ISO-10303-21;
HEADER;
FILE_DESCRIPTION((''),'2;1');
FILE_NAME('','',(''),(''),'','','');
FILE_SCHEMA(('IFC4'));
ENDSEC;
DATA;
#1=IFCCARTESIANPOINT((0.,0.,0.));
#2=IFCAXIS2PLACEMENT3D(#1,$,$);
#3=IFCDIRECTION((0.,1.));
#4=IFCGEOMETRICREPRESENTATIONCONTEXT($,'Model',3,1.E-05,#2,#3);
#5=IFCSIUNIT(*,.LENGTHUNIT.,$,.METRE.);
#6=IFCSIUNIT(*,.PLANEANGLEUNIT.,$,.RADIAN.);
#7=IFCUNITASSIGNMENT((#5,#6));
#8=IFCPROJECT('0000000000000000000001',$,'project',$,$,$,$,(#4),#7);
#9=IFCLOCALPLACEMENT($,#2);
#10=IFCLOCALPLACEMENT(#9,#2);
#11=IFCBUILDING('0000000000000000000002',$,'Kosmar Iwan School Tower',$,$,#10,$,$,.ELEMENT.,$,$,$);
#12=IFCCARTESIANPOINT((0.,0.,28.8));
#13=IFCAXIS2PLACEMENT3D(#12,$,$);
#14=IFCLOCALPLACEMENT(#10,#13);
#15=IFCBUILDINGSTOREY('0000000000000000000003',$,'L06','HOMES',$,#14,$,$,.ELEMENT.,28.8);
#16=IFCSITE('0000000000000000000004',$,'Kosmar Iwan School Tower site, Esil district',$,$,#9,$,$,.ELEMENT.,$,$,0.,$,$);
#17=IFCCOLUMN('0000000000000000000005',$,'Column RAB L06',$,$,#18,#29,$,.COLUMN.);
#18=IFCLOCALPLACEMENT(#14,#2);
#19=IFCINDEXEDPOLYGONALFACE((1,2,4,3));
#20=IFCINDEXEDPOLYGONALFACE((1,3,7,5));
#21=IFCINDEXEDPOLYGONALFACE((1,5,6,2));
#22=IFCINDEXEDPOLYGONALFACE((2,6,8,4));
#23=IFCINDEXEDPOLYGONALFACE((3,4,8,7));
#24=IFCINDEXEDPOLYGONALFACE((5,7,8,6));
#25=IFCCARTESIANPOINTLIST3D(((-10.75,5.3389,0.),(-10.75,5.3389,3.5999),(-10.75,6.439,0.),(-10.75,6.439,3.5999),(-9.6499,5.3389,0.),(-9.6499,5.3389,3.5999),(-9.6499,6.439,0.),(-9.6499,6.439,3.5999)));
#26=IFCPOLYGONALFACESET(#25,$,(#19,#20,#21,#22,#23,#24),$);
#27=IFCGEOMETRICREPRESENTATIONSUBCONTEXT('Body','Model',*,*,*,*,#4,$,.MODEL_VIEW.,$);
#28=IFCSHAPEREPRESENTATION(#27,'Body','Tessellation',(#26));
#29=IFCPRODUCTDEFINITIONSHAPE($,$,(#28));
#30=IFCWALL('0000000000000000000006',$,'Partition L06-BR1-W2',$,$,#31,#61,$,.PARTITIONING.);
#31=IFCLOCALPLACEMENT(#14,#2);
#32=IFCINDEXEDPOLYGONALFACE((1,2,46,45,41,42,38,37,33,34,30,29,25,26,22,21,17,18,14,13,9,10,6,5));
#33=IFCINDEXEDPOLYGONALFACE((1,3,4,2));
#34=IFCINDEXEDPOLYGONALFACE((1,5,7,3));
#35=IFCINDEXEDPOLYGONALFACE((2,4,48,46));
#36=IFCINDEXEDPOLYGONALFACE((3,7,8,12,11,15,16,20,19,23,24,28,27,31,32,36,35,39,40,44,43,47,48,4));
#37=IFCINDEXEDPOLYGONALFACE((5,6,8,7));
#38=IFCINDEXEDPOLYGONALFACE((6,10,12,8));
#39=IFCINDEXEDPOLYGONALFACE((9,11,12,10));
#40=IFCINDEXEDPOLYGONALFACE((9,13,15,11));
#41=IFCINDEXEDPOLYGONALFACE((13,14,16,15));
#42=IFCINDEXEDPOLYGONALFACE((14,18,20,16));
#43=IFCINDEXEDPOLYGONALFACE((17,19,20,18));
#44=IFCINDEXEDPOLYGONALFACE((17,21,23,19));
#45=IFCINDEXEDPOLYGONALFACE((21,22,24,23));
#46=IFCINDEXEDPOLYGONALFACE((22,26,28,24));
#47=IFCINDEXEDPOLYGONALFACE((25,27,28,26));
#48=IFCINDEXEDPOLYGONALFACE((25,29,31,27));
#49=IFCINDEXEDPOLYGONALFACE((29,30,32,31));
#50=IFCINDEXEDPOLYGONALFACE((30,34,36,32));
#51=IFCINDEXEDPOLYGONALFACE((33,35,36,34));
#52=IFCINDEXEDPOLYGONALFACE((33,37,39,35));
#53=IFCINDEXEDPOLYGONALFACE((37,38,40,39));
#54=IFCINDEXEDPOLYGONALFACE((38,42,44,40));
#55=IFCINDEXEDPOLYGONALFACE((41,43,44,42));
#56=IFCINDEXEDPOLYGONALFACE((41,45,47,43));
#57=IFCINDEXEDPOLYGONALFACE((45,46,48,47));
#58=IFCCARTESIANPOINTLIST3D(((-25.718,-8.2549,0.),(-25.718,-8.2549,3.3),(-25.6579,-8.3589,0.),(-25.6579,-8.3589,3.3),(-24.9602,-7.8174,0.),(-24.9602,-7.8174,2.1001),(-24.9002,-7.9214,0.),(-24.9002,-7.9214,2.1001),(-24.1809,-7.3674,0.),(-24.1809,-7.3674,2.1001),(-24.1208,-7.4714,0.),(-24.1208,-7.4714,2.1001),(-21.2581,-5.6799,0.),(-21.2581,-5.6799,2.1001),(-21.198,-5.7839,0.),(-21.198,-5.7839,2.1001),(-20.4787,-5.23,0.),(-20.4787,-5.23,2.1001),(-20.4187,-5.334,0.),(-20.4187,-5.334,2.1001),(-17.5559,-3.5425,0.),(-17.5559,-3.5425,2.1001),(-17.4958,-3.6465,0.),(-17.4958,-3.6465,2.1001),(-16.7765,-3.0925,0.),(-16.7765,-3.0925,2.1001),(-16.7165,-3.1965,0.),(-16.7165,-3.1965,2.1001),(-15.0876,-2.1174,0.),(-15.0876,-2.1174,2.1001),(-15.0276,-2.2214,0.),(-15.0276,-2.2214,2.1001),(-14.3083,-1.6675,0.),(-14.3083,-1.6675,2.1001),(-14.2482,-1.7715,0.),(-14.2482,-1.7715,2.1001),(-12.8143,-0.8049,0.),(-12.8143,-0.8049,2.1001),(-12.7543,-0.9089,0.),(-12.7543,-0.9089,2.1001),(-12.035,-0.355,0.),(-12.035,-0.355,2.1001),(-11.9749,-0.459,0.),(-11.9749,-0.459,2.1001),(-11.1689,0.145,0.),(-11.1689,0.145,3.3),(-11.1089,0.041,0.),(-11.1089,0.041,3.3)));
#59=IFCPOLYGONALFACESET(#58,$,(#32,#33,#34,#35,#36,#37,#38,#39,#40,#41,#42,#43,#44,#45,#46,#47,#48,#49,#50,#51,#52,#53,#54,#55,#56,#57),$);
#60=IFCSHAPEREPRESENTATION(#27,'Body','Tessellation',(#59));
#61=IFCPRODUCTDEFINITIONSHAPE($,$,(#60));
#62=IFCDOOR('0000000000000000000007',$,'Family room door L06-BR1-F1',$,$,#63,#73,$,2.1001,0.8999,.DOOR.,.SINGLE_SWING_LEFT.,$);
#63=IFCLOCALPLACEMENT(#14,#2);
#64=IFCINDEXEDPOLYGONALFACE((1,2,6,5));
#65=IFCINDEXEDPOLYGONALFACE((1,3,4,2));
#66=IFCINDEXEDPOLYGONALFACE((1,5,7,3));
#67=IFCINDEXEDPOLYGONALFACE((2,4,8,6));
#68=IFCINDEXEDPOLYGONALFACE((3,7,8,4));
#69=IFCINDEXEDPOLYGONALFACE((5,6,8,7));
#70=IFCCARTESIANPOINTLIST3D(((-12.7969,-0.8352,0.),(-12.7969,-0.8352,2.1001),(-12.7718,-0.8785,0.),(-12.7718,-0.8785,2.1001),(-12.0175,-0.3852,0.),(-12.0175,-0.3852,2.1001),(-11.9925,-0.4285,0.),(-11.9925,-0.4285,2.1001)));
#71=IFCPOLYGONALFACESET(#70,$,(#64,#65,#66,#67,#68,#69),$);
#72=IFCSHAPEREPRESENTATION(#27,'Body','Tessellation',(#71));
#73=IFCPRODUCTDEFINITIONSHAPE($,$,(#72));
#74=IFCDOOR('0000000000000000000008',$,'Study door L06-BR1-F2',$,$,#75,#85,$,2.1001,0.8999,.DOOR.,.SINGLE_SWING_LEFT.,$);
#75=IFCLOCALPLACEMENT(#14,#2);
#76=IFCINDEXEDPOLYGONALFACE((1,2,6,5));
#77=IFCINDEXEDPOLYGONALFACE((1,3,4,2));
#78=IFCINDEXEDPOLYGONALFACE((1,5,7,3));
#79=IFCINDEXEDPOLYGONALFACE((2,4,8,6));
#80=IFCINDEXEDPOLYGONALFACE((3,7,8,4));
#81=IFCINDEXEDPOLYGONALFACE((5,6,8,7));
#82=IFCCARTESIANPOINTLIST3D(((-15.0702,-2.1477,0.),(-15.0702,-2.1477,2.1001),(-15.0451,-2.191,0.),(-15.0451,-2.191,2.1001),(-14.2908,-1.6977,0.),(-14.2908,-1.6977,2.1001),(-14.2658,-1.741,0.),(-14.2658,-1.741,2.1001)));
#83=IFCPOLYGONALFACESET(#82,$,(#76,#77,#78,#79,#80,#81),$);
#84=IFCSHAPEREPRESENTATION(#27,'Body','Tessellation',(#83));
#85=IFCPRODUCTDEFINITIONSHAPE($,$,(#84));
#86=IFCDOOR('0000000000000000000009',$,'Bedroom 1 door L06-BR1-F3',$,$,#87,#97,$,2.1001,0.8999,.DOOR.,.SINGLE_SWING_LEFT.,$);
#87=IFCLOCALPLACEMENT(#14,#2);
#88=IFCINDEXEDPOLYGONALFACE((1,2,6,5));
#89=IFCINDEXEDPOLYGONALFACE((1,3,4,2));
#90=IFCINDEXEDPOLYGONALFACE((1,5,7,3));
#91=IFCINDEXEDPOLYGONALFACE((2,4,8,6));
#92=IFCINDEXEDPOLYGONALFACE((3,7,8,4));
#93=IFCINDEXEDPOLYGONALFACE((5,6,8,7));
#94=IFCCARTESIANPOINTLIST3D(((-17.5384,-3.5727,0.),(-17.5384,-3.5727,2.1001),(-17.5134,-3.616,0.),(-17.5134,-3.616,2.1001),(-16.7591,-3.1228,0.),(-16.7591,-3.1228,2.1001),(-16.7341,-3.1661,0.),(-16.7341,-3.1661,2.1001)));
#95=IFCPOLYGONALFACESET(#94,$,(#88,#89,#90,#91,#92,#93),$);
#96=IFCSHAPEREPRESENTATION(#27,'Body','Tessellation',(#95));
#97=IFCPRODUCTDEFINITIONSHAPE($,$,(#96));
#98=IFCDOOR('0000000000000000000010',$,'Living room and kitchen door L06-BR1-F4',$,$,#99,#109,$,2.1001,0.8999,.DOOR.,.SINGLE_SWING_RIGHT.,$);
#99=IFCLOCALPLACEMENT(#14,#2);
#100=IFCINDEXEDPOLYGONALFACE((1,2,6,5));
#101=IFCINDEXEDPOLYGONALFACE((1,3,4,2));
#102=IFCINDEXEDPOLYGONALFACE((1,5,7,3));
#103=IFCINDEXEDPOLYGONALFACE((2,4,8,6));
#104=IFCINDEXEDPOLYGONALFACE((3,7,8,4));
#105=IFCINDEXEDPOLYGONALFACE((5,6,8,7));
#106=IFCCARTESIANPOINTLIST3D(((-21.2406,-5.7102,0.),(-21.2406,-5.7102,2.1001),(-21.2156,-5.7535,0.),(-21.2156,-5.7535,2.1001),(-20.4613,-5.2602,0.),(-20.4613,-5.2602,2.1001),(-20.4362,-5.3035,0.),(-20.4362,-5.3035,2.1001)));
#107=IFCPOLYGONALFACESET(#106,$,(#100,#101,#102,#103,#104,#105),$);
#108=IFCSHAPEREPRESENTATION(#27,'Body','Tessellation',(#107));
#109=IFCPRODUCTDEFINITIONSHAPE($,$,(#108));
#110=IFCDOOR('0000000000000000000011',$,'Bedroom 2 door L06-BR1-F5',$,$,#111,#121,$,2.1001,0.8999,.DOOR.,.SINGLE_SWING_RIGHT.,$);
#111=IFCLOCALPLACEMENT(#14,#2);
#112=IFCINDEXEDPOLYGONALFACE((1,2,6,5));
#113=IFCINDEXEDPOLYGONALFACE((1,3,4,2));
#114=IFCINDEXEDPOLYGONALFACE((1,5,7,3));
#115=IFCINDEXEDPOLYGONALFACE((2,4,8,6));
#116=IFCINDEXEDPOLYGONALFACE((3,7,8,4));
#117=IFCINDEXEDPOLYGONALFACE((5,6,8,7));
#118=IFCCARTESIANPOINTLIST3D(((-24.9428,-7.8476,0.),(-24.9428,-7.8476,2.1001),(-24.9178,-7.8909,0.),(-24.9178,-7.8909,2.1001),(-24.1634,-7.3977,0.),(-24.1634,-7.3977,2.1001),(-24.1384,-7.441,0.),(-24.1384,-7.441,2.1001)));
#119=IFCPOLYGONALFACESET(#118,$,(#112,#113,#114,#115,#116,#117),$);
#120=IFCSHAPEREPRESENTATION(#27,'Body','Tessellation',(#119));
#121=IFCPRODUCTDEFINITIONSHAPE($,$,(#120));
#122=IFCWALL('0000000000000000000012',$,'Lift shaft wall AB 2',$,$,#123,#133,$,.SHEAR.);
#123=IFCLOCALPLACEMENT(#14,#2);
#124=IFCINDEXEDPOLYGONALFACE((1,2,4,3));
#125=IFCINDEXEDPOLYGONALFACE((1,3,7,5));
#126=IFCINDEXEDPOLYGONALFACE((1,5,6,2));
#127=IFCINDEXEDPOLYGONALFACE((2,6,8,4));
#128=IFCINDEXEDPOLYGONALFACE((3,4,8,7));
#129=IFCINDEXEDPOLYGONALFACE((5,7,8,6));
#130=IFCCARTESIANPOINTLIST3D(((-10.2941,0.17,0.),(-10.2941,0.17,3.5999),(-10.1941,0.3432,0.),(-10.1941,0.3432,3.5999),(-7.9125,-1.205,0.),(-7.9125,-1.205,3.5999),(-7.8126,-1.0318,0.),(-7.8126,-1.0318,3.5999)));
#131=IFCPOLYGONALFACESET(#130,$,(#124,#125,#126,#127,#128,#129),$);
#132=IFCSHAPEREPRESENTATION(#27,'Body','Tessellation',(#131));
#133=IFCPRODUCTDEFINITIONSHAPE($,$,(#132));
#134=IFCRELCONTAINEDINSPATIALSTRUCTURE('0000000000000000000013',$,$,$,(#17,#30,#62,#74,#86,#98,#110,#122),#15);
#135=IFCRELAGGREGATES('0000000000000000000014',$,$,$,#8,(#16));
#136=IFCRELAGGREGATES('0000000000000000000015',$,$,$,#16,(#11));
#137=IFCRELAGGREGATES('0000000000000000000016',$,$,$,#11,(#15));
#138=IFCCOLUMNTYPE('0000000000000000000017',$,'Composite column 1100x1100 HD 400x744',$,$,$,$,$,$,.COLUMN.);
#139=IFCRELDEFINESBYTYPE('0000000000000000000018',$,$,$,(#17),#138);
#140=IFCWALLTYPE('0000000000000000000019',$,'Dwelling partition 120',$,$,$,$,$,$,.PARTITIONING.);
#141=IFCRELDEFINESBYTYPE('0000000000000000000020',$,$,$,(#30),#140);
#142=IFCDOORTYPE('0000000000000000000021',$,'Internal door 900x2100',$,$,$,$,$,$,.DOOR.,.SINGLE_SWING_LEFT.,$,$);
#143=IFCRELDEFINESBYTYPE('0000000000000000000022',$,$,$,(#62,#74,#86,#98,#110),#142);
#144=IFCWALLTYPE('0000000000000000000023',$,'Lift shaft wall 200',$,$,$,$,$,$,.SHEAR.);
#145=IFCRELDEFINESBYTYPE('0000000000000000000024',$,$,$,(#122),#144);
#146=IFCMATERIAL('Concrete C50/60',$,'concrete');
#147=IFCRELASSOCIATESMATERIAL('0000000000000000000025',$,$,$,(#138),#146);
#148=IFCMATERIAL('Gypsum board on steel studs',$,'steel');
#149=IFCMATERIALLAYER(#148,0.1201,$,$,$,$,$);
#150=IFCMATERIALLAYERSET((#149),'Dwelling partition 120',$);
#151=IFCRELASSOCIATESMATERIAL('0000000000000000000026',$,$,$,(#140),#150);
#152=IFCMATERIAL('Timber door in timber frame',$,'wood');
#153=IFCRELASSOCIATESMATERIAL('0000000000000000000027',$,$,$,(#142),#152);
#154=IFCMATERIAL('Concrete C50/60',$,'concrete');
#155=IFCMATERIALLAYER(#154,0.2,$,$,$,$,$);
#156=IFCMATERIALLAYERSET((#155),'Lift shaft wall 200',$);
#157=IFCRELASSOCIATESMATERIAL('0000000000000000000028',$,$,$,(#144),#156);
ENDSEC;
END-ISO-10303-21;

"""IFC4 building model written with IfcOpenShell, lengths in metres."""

from ifc_helpers import new_model, si_unit, direction, frame, frame_2d, origin, origin_2d, place, context, subcontext, project, spatial, rectangle, extrude, material, layer, layer_set, material_profile, profile_set, type_object, element, fill, save


model = new_model("IFC4")

# Units and contexts
model_context = context("Model", 3, precision=1e-05, world=origin(), true_north=direction((0.0, 1.0)))
body_context = subcontext(model_context, "Body", "Model", "MODEL_VIEW")
ifc_project = project(units=[si_unit("LENGTHUNIT", "METRE"), si_unit("PLANEANGLEUNIT", "RADIAN")], contexts=[model_context])

# Site, building, storey
site_placement = place(None, origin())
site = spatial("IfcSite", under=ifc_project, at=site_placement, Name="Kosmar Iwan School Tower site, Esil district", CompositionType="ELEMENT", RefElevation=0.0)
building_placement = place(site_placement, origin())
building = spatial("IfcBuilding", under=site, at=building_placement, Name="Kosmar Iwan School Tower", CompositionType="ELEMENT")
storey_placement = place(building_placement, frame((0.0, 0.0, 28.8)))
storey = spatial("IfcBuildingStorey", under=building, at=storey_placement, Name="L06", Description="HOMES", CompositionType="ELEMENT", Elevation=28.8)

# Column
ifc_material_1 = material(Name="Concrete C50/60", Category="concrete")
ifc_material_profile = material_profile(ifc_material_1, rectangle(XDim=1.1001, YDim=1.1001, at=origin_2d()), Name="RC 1100x1100 + HD 400x744")
ifc_profile_set = profile_set([ifc_material_profile], Name="Concrete C50/60")
column_type = type_object("IfcColumnType", Name="Composite column 1100x1100 HD 400x744", PredefinedType="COLUMN", material=ifc_profile_set)
column_placement = place(storey_placement, frame((-10.2, 5.8889, 0.0), z_axis=(0.0, 0.0, 1.0), x_axis=(1.0, 0.0, 0.0)))
element("IfcColumn", 1, at=column_placement, inside=storey, type_object=column_type, Name="Column RAB L06", PredefinedType="COLUMN", context=body_context, shape_type="SweptSolid", body=[
    extrude(rectangle(XDim=1.1001, YDim=1.1001, at=origin_2d()), origin(), (0.0, 0.0, 1.0), 3.5999),
])

# Wall, openings, doors
ifc_material_2 = material(Name="Gypsum board on steel studs", Category="steel")
ifc_layer_1 = layer(ifc_material_2, 0.1201)
ifc_layer_set_1 = layer_set([ifc_layer_1], Name="Dwelling partition 120")
wall_type_1 = type_object("IfcWallType", Name="Dwelling partition 120", PredefinedType="PARTITIONING", material=ifc_layer_set_1)
wall_1_placement = place(storey_placement, frame((-11.1389, 0.093, 0.0), z_axis=(0.0, 0.0, 1.0), x_axis=(-0.866026, -0.5, 0.0)))
wall_1 = element("IfcWall", 2, at=wall_1_placement, inside=storey, type_object=wall_type_1, Name="Partition L06-BR1-W2", PredefinedType="PARTITIONING", context=body_context, shape_type="SweptSolid", body=[
    extrude(rectangle(XDim=16.7998, YDim=0.1201, at=frame_2d((8.3999, 0.0))), origin(), (0.0, 0.0, 1.0), 3.3),
])
opening_1_placement = place(wall_1_placement, frame((1.0, 0.0, 0.0)))
opening_1 = element("IfcOpeningElement", 3, at=opening_1_placement, cuts=wall_1, PredefinedType="OPENING", context=body_context, shape_type="SweptSolid", body=[
    extrude(rectangle(XDim=0.8999, YDim=2.1001, at=frame_2d((0.45, 1.05))), frame((0.0, 0.072, 0.0), z_axis=(0.0, -1.0, 0.0), x_axis=(1.0, 0.0, 0.0)), (0.0, 0.0, 1.0), 0.144),
])
opening_2_placement = place(wall_1_placement, frame((3.625, 0.0, 0.0)))
opening_2 = element("IfcOpeningElement", 4, at=opening_2_placement, cuts=wall_1, PredefinedType="OPENING", context=body_context, shape_type="SweptSolid", body=[
    extrude(rectangle(XDim=0.8999, YDim=2.1001, at=frame_2d((0.45, 1.05))), frame((0.0, 0.072, 0.0), z_axis=(0.0, -1.0, 0.0), x_axis=(1.0, 0.0, 0.0)), (0.0, 0.0, 1.0), 0.144),
])
opening_3_placement = place(wall_1_placement, frame((6.4751, 0.0, 0.0)))
opening_3 = element("IfcOpeningElement", 5, at=opening_3_placement, cuts=wall_1, PredefinedType="OPENING", context=body_context, shape_type="SweptSolid", body=[
    extrude(rectangle(XDim=0.8999, YDim=2.1001, at=frame_2d((0.45, 1.05))), frame((0.0, 0.072, 0.0), z_axis=(0.0, -1.0, 0.0), x_axis=(1.0, 0.0, 0.0)), (0.0, 0.0, 1.0), 0.144),
])
opening_4_placement = place(wall_1_placement, frame((10.75, 0.0, 0.0)))
opening_4 = element("IfcOpeningElement", 6, at=opening_4_placement, cuts=wall_1, PredefinedType="OPENING", context=body_context, shape_type="SweptSolid", body=[
    extrude(rectangle(XDim=0.8999, YDim=2.1001, at=frame_2d((0.45, 1.05))), frame((0.0, 0.072, 0.0), z_axis=(0.0, -1.0, 0.0), x_axis=(1.0, 0.0, 0.0)), (0.0, 0.0, 1.0), 0.144),
])
opening_5_placement = place(wall_1_placement, frame((15.0249, 0.0, 0.0)))
opening_5 = element("IfcOpeningElement", 7, at=opening_5_placement, cuts=wall_1, PredefinedType="OPENING", context=body_context, shape_type="SweptSolid", body=[
    extrude(rectangle(XDim=0.8999, YDim=2.1001, at=frame_2d((0.45, 1.05))), frame((0.0, 0.072, 0.0), z_axis=(0.0, -1.0, 0.0), x_axis=(1.0, 0.0, 0.0)), (0.0, 0.0, 1.0), 0.144),
])
ifc_material_3 = material(Name="Timber door in timber frame", Category="wood")
door_type = type_object("IfcDoorType", Name="Internal door 900x2100", OperationType="SINGLE_SWING_LEFT", PredefinedType="DOOR", material=ifc_material_3)
door_1_placement = place(opening_1_placement, origin())
door_1 = element("IfcDoor", 8, at=door_1_placement, inside=storey, type_object=door_type, Name="Family room door L06-BR1-F1", OperationType="SINGLE_SWING_LEFT", OverallHeight=2.1001, OverallWidth=0.8999, PredefinedType="DOOR", context=body_context, shape_type="SweptSolid", body=[
    extrude(rectangle(XDim=0.8999, YDim=2.1001, at=frame_2d((0.45, 1.05))), frame((0.0, 0.0249, 0.0), z_axis=(0.0, -1.0, 0.0), x_axis=(1.0, 0.0, 0.0)), (0.0, 0.0, 1.0), 0.05),
])
fill(opening_1, door_1)
door_2_placement = place(opening_2_placement, origin())
door_2 = element("IfcDoor", 9, at=door_2_placement, inside=storey, type_object=door_type, Name="Study door L06-BR1-F2", OperationType="SINGLE_SWING_LEFT", OverallHeight=2.1001, OverallWidth=0.8999, PredefinedType="DOOR", context=body_context, shape_type="SweptSolid", body=[
    extrude(rectangle(XDim=0.8999, YDim=2.1001, at=frame_2d((0.45, 1.05))), frame((0.0, 0.0249, 0.0), z_axis=(0.0, -1.0, 0.0), x_axis=(1.0, 0.0, 0.0)), (0.0, 0.0, 1.0), 0.05),
])
fill(opening_2, door_2)
door_3_placement = place(opening_3_placement, origin())
door_3 = element("IfcDoor", 10, at=door_3_placement, inside=storey, type_object=door_type, Name="Bedroom 1 door L06-BR1-F3", OperationType="SINGLE_SWING_LEFT", OverallHeight=2.1001, OverallWidth=0.8999, PredefinedType="DOOR", context=body_context, shape_type="SweptSolid", body=[
    extrude(rectangle(XDim=0.8999, YDim=2.1001, at=frame_2d((0.45, 1.05))), frame((0.0, 0.0249, 0.0), z_axis=(0.0, -1.0, 0.0), x_axis=(1.0, 0.0, 0.0)), (0.0, 0.0, 1.0), 0.05),
])
fill(opening_3, door_3)
door_4_placement = place(opening_4_placement, origin())
door_4 = element("IfcDoor", 11, at=door_4_placement, inside=storey, type_object=door_type, Name="Living room and kitchen door L06-BR1-F4", OperationType="SINGLE_SWING_RIGHT", OverallHeight=2.1001, OverallWidth=0.8999, PredefinedType="DOOR", context=body_context, shape_type="SweptSolid", body=[
    extrude(rectangle(XDim=0.8999, YDim=2.1001, at=frame_2d((0.45, 1.05))), frame((0.0, 0.0249, 0.0), z_axis=(0.0, -1.0, 0.0), x_axis=(1.0, 0.0, 0.0)), (0.0, 0.0, 1.0), 0.05),
])
fill(opening_4, door_4)
door_5_placement = place(opening_5_placement, origin())
door_5 = element("IfcDoor", 12, at=door_5_placement, inside=storey, type_object=door_type, Name="Bedroom 2 door L06-BR1-F5", OperationType="SINGLE_SWING_RIGHT", OverallHeight=2.1001, OverallWidth=0.8999, PredefinedType="DOOR", context=body_context, shape_type="SweptSolid", body=[
    extrude(rectangle(XDim=0.8999, YDim=2.1001, at=frame_2d((0.45, 1.05))), frame((0.0, 0.0249, 0.0), z_axis=(0.0, -1.0, 0.0), x_axis=(1.0, 0.0, 0.0)), (0.0, 0.0, 1.0), 0.05),
])
fill(opening_5, door_5)

# Wall
ifc_material_4 = material(Name="Concrete C50/60", Category="concrete")
ifc_layer_2 = layer(ifc_material_4, 0.2)
ifc_layer_set_2 = layer_set([ifc_layer_2], Name="Lift shaft wall 200")
wall_type_2 = type_object("IfcWallType", Name="Lift shaft wall 200", PredefinedType="SHEAR", material=ifc_layer_set_2)
wall_2_placement = place(storey_placement, frame((-7.8625, -1.1184, 0.0), z_axis=(0.0, 0.0, 1.0), x_axis=(-0.866027, 0.499997, 0.0)))
element("IfcWall", 13, at=wall_2_placement, inside=storey, type_object=wall_type_2, Name="Lift shaft wall AB 2", PredefinedType="SHEAR", context=body_context, shape_type="SweptSolid", body=[
    extrude(rectangle(XDim=2.75, YDim=0.2, at=frame_2d((1.375, 0.0))), origin(), (0.0, 0.0, 1.0), 3.5999),
])

save(model, "model.ifc")
